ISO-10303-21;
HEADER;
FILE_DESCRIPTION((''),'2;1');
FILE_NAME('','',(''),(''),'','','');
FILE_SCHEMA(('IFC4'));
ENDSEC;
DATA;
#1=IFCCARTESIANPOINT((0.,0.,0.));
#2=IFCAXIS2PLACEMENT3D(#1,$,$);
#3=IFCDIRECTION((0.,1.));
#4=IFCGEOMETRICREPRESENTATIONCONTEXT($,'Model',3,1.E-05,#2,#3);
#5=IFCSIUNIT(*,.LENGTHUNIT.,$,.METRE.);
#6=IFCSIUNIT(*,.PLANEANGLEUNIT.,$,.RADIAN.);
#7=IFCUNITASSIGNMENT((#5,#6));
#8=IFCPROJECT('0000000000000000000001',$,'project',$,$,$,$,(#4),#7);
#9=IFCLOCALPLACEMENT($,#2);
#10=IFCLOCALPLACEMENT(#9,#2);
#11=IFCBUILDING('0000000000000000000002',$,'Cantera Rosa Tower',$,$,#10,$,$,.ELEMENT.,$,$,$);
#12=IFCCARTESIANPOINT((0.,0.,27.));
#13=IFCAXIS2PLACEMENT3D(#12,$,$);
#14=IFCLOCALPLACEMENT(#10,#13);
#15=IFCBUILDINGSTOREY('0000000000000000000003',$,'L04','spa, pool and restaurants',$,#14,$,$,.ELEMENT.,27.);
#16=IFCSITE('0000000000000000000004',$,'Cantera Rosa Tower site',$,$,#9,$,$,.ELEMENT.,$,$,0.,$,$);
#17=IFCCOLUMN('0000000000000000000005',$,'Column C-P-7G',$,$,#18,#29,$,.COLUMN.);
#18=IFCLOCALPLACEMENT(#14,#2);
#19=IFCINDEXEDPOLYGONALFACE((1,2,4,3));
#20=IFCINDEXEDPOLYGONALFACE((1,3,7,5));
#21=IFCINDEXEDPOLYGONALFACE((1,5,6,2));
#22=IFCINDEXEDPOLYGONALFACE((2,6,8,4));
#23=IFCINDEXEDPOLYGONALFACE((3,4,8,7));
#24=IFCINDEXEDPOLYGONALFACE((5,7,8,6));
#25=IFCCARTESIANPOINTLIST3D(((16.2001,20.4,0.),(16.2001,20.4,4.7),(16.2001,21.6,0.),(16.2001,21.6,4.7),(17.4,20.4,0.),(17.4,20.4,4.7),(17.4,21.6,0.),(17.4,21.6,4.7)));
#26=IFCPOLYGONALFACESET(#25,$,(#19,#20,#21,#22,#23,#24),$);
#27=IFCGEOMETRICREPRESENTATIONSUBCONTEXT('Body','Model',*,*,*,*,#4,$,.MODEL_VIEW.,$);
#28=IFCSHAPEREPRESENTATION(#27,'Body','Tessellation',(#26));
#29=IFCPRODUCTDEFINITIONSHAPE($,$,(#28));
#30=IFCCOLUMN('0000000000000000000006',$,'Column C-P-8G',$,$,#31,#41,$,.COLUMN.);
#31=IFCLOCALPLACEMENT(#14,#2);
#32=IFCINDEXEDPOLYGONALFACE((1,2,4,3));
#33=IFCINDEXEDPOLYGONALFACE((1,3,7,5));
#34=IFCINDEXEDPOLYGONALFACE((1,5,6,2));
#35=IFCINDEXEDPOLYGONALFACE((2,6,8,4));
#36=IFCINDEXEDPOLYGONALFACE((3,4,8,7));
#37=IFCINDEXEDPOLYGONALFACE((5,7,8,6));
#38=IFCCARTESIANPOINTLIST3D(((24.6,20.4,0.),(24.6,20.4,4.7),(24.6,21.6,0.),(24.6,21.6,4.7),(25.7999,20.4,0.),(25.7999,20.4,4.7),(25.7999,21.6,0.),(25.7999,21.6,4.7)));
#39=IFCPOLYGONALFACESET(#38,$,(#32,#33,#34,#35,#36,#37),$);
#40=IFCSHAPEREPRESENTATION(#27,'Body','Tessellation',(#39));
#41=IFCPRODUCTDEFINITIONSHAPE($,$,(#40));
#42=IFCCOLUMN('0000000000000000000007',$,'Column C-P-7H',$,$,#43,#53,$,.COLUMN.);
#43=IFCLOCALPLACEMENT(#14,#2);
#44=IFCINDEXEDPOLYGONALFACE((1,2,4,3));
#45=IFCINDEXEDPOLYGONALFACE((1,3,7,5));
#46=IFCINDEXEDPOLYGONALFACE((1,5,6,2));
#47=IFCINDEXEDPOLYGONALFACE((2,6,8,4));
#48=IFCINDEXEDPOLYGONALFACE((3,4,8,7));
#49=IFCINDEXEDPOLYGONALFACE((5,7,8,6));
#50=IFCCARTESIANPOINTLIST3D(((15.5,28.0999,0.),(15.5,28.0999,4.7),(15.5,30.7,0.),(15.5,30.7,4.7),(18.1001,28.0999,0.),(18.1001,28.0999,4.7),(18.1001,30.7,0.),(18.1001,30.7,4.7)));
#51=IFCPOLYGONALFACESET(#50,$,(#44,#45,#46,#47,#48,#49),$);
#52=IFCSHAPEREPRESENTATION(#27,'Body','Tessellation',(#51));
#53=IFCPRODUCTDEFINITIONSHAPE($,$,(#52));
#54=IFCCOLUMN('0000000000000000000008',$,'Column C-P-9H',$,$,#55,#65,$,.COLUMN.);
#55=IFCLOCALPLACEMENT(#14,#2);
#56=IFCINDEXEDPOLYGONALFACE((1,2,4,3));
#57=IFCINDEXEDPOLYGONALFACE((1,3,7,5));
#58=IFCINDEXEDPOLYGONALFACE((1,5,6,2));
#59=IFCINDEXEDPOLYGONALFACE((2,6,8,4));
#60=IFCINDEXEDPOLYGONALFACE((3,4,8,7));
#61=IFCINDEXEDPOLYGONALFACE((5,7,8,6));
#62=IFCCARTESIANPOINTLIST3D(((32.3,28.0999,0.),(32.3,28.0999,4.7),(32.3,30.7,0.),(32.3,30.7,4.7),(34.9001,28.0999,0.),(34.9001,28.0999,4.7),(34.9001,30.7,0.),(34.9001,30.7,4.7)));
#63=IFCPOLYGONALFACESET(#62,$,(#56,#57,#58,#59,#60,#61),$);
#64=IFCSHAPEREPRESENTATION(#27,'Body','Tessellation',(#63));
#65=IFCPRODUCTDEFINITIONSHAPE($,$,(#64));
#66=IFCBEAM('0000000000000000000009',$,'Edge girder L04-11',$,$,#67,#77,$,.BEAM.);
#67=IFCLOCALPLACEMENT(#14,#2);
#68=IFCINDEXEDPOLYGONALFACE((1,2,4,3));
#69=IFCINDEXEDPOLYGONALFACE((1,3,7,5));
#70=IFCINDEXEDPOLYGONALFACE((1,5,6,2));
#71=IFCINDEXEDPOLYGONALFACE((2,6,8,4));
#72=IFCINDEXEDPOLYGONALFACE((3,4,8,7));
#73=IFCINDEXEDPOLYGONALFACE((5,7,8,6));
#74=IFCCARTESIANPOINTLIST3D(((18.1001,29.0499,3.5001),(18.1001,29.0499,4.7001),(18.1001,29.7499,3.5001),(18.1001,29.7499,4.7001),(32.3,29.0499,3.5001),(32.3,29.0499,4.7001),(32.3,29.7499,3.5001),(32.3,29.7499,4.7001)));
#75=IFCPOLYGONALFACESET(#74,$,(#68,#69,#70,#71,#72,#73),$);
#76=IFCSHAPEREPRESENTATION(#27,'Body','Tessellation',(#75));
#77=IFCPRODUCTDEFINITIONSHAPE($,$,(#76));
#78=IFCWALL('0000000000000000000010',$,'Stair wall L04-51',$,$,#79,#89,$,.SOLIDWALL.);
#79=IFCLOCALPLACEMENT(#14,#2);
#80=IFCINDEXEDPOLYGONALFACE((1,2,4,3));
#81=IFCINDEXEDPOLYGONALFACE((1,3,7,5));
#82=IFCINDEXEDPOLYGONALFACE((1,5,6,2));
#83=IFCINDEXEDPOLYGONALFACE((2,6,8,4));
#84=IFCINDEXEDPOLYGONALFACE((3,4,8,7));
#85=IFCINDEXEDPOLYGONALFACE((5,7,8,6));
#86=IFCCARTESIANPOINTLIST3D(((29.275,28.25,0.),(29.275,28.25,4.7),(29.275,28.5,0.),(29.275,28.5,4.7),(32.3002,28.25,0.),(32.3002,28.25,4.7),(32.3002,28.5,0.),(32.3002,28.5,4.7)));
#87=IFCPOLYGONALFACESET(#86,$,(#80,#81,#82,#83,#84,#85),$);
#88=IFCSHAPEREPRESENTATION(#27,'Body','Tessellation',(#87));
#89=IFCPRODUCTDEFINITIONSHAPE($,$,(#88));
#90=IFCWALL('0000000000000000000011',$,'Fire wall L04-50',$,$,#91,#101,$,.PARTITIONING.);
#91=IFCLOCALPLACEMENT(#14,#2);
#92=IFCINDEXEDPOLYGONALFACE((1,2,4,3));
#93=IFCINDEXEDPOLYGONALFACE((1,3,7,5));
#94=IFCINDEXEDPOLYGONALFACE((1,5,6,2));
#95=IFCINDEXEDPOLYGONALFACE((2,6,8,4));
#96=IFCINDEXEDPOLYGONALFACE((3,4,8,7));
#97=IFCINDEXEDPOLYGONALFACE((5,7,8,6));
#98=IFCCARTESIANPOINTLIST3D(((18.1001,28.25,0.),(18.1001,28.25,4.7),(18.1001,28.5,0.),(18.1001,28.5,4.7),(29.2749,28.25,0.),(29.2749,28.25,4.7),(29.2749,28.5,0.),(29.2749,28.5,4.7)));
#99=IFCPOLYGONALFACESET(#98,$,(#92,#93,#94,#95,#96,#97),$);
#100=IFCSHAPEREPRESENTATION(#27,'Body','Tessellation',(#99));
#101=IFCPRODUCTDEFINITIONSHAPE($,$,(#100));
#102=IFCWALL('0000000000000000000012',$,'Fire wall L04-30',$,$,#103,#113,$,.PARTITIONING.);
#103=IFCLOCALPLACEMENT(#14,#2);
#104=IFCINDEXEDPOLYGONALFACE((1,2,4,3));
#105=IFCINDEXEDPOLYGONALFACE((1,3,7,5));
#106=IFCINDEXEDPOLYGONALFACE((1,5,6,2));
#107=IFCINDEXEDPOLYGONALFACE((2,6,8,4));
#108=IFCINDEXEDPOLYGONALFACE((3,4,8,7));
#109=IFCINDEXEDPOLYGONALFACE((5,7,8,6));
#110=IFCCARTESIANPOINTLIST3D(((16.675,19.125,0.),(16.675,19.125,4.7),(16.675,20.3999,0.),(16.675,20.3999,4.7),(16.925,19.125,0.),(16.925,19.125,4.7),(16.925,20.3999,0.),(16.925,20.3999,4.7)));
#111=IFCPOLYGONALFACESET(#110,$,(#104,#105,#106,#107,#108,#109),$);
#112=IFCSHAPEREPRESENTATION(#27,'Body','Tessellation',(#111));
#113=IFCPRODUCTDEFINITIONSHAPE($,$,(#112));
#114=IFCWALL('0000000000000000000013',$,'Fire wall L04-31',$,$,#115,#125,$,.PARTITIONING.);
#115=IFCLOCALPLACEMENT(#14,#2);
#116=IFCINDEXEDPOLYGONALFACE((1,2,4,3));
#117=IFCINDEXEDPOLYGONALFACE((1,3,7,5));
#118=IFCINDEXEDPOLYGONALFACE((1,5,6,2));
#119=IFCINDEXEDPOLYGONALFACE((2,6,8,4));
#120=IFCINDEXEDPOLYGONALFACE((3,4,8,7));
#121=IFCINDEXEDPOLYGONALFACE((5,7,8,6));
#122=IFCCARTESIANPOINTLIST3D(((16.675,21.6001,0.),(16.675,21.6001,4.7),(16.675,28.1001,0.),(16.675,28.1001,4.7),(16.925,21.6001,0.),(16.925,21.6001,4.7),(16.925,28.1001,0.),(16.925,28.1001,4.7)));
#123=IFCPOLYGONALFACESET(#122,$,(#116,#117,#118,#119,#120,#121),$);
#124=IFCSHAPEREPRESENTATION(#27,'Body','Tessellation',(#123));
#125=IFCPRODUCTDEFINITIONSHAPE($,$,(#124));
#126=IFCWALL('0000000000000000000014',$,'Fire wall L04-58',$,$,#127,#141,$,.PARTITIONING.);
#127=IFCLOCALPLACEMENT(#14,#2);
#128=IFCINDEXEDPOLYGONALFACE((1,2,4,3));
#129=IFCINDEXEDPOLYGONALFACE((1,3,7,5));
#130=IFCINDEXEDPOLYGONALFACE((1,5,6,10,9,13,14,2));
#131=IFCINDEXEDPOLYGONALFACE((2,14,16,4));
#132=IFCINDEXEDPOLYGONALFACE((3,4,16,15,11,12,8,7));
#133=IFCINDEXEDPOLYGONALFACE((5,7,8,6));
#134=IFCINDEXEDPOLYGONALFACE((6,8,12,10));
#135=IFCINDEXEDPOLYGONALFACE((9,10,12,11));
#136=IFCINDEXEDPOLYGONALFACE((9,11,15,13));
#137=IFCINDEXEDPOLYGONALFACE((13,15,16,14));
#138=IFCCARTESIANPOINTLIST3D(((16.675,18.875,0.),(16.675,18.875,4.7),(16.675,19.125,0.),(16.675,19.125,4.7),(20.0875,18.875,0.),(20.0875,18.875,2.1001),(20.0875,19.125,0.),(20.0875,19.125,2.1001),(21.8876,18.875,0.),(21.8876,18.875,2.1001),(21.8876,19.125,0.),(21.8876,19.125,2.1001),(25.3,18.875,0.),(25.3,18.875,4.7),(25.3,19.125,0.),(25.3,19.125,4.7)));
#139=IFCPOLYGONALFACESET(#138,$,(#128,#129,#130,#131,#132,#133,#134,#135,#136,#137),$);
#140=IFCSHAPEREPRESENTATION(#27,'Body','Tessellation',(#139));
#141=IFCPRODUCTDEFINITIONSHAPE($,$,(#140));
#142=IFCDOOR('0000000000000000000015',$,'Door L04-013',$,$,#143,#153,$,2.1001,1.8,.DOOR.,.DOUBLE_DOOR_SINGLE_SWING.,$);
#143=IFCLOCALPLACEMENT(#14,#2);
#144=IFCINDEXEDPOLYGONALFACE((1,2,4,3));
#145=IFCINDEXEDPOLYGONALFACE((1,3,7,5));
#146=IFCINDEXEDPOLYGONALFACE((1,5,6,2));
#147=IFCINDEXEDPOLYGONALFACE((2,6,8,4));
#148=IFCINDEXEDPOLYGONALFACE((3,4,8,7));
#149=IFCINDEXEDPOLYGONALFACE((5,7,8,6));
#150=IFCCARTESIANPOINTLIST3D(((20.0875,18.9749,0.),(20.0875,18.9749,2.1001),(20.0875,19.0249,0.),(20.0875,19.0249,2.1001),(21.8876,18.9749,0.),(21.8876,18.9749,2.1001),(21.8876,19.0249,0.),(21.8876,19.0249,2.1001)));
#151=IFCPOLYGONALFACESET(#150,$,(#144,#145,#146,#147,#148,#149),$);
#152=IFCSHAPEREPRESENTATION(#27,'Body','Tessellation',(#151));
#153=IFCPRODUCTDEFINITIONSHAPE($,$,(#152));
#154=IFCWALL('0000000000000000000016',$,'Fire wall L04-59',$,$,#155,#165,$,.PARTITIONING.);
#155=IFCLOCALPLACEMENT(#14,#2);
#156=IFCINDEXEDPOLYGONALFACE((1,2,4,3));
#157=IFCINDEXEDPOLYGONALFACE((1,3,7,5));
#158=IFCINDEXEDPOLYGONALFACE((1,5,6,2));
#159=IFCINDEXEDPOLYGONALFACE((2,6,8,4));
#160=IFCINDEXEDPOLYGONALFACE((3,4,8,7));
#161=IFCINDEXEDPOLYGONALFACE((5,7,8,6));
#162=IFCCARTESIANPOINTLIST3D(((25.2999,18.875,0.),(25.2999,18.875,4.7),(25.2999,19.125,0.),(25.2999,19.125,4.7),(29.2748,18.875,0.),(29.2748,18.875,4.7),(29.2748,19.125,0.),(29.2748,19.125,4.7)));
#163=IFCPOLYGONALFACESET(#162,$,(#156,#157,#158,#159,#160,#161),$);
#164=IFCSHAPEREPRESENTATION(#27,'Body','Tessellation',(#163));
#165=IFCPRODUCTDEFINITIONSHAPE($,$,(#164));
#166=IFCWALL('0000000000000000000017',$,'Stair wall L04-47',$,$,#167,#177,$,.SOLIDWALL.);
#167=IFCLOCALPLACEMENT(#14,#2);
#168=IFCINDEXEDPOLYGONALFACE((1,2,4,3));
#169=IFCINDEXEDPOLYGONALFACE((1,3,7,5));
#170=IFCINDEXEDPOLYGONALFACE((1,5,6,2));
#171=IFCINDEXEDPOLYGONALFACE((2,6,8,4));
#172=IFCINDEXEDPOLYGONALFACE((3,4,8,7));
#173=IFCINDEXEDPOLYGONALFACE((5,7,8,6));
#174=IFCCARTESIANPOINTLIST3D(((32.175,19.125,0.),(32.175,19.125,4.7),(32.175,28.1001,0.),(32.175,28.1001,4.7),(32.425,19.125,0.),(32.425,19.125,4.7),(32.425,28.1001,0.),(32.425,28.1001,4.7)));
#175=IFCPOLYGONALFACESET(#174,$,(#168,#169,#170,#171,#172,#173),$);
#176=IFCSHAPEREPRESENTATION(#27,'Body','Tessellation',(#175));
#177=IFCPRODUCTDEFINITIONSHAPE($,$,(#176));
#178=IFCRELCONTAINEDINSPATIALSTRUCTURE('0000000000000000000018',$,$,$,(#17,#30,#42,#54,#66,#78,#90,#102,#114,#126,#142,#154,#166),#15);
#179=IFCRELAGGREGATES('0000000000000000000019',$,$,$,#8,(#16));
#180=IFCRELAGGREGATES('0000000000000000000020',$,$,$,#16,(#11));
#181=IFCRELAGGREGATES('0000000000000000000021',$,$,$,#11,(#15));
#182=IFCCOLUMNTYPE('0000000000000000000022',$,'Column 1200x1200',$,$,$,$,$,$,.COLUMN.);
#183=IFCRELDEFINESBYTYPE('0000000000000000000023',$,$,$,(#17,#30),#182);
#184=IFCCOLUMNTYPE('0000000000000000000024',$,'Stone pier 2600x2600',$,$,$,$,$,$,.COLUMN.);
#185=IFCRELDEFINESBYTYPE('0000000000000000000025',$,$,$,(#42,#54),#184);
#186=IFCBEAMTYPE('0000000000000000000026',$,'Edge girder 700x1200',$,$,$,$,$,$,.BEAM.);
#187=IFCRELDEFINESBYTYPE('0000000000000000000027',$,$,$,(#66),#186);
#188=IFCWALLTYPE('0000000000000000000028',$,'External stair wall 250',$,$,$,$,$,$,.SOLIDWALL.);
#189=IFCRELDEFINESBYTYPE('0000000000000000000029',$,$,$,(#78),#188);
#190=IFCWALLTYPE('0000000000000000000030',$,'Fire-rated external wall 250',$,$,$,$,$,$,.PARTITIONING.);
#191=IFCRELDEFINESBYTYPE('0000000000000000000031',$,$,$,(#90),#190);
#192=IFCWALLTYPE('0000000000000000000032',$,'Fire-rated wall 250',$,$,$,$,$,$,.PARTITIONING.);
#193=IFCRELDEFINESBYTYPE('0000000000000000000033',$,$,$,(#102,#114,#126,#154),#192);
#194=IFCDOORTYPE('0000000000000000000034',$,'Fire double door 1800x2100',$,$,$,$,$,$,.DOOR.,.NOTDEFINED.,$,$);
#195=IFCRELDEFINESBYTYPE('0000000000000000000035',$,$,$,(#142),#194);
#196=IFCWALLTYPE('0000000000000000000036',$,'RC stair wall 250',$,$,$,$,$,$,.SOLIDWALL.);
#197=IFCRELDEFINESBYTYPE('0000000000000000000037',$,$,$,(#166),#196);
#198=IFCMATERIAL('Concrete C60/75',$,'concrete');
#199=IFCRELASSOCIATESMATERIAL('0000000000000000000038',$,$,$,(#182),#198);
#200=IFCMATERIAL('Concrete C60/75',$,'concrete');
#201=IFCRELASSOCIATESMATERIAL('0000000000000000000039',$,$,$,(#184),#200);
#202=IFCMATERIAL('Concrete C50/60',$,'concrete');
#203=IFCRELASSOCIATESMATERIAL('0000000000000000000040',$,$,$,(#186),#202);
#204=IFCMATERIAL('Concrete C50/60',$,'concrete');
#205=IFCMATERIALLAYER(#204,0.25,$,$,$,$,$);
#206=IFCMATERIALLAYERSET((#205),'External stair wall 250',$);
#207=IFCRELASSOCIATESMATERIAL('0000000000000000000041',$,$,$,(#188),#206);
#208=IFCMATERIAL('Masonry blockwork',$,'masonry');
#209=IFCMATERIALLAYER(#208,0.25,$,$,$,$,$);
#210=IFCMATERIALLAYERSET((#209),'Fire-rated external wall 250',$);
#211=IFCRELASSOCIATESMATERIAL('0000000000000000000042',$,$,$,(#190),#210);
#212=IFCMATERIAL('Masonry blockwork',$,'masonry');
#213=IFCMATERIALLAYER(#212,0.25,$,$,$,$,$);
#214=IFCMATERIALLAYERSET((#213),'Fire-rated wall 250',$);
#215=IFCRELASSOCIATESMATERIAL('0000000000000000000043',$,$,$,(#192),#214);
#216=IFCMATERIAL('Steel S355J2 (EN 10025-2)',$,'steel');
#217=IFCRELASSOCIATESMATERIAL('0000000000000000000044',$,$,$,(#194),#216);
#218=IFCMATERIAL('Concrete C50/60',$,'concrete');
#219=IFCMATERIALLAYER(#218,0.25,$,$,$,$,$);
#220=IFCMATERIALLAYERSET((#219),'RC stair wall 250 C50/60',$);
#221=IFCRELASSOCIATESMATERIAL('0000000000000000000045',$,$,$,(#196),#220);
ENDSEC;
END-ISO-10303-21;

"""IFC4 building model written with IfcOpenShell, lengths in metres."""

from ifc_helpers import new_model, si_unit, direction, frame, frame_2d, origin, origin_2d, place, context, subcontext, project, spatial, rectangle, extrude, material, layer, layer_set, material_profile, profile_set, type_object, element, fill, save


model = new_model("IFC4")

# Units and contexts
model_context = context("Model", 3, precision=1e-05, world=origin(), true_north=direction((0.0, 1.0)))
body_context = subcontext(model_context, "Body", "Model", "MODEL_VIEW")
ifc_project = project(units=[si_unit("LENGTHUNIT", "METRE"), si_unit("PLANEANGLEUNIT", "RADIAN")], contexts=[model_context])

# Site, building, storey
site_placement = place(None, origin())
site = spatial("IfcSite", under=ifc_project, at=site_placement, Name="Cantera Rosa Tower site", CompositionType="ELEMENT", RefElevation=0.0)
building_placement = place(site_placement, origin())
building = spatial("IfcBuilding", under=site, at=building_placement, Name="Cantera Rosa Tower", CompositionType="ELEMENT")
storey_placement = place(building_placement, frame((0.0, 0.0, 27.0)))
storey = spatial("IfcBuildingStorey", under=building, at=storey_placement, Name="L04", Description="spa, pool and restaurants", CompositionType="ELEMENT", Elevation=27.0)

# Columns
ifc_material_1 = material(Name="Concrete C60/75", Category="concrete")
ifc_material_profile_1 = material_profile(ifc_material_1, rectangle(XDim=1.2, YDim=1.2, at=origin_2d()), Name="Column 1200x1200")
ifc_profile_set_1 = profile_set([ifc_material_profile_1], Name="Concrete C60/75")
column_type_1 = type_object("IfcColumnType", Name="Column 1200x1200", PredefinedType="COLUMN", material=ifc_profile_set_1)
for number, where, z_axis, x_axis, name in (
    (1, (16.8, 21.0, 0.0), (0.0, 0.0, 1.0), (1.0, 0.0, 0.0), "Column C-P-7G"),
    (2, (25.2, 21.0, 0.0), (0.0, 0.0, 1.0), (1.0, 0.0, 0.0), "Column C-P-8G"),
):
    element("IfcColumn", number, at=place(storey_placement, frame(where, z_axis=z_axis, x_axis=x_axis)), inside=storey, type_object=column_type_1, Name=name, PredefinedType="COLUMN", context=body_context, shape_type="SweptSolid", body=[
        extrude(rectangle(XDim=1.2, YDim=1.2, at=origin_2d()), origin(), (0.0, 0.0, 1.0), 4.7),
    ])
ifc_material_2 = material(Name="Concrete C60/75", Category="concrete")
ifc_material_profile_2 = material_profile(ifc_material_2, rectangle(XDim=2.6001, YDim=2.6001, at=origin_2d()), Name="Stone pier 2600x2600")
ifc_profile_set_2 = profile_set([ifc_material_profile_2], Name="Concrete C60/75")
column_type_2 = type_object("IfcColumnType", Name="Stone pier 2600x2600", PredefinedType="COLUMN", material=ifc_profile_set_2)
for number, where, z_axis, x_axis, name in (
    (3, (16.8, 29.3999, 0.0), (0.0, 0.0, 1.0), (1.0, 0.0, 0.0), "Column C-P-7H"),
    (4, (33.6001, 29.3999, 0.0), (0.0, 0.0, 1.0), (1.0, 0.0, 0.0), "Column C-P-9H"),
):
    element("IfcColumn", number, at=place(storey_placement, frame(where, z_axis=z_axis, x_axis=x_axis)), inside=storey, type_object=column_type_2, Name=name, PredefinedType="COLUMN", context=body_context, shape_type="SweptSolid", body=[
        extrude(rectangle(XDim=2.6001, YDim=2.6001, at=origin_2d()), origin(), (0.0, 0.0, 1.0), 4.7),
    ])

# Beam
ifc_material_3 = material(Name="Concrete C50/60", Category="concrete")
ifc_material_profile_3 = material_profile(ifc_material_3, rectangle(XDim=0.7, YDim=1.2, at=origin_2d()), Name="Edge girder 700x1200")
ifc_profile_set_3 = profile_set([ifc_material_profile_3], Name="Concrete C50/60")
beam_type = type_object("IfcBeamType", Name="Edge girder 700x1200", PredefinedType="BEAM", material=ifc_profile_set_3)
beam_placement = place(storey_placement, frame((18.1001, 29.3999, 4.1001), z_axis=(1.0, 0.0, 0.0), x_axis=(0.0, 1.0, 0.0)))
element("IfcBeam", 5, at=beam_placement, inside=storey, type_object=beam_type, Name="Edge girder L04-11", PredefinedType="BEAM", context=body_context, shape_type="SweptSolid", body=[
    extrude(rectangle(XDim=0.7, YDim=1.2, at=origin_2d()), origin(), (0.0, 0.0, 1.0), 14.2),
])

# Walls
ifc_material_4 = material(Name="Concrete C50/60", Category="concrete")
ifc_layer_1 = layer(ifc_material_4, 0.25)
ifc_layer_set_1 = layer_set([ifc_layer_1], Name="External stair wall 250")
wall_type_1 = type_object("IfcWallType", Name="External stair wall 250", PredefinedType="SOLIDWALL", material=ifc_layer_set_1)
wall_1_placement = place(storey_placement, frame((29.2749, 28.375, 0.0), z_axis=(0.0, 0.0, 1.0), x_axis=(1.0, 0.0, 0.0)))
element("IfcWall", 6, at=wall_1_placement, inside=storey, type_object=wall_type_1, Name="Stair wall L04-51", PredefinedType="SOLIDWALL", context=body_context, shape_type="SweptSolid", body=[
    extrude(rectangle(XDim=3.0251, YDim=0.25, at=frame_2d((1.5127, 0.0))), origin(), (0.0, 0.0, 1.0), 4.7),
])
ifc_material_5 = material(Name="Masonry blockwork", Category="masonry")
ifc_layer_2 = layer(ifc_material_5, 0.25)
ifc_layer_set_2 = layer_set([ifc_layer_2], Name="Fire-rated external wall 250")
wall_type_2 = type_object("IfcWallType", Name="Fire-rated external wall 250", PredefinedType="PARTITIONING", material=ifc_layer_set_2)
wall_2_placement = place(storey_placement, frame((18.1001, 28.375, 0.0), z_axis=(0.0, 0.0, 1.0), x_axis=(1.0, 0.0, 0.0)))
element("IfcWall", 7, at=wall_2_placement, inside=storey, type_object=wall_type_2, Name="Fire wall L04-50", PredefinedType="PARTITIONING", context=body_context, shape_type="SweptSolid", body=[
    extrude(rectangle(XDim=11.1748, YDim=0.25, at=frame_2d((5.5874, 0.0))), origin(), (0.0, 0.0, 1.0), 4.7),
])
ifc_material_6 = material(Name="Masonry blockwork", Category="masonry")
ifc_layer_3 = layer(ifc_material_6, 0.25)
ifc_layer_set_3 = layer_set([ifc_layer_3], Name="Fire-rated wall 250")
wall_type_3 = type_object("IfcWallType", Name="Fire-rated wall 250", PredefinedType="PARTITIONING", material=ifc_layer_set_3)
wall_3_placement = place(storey_placement, frame((16.8, 19.125, 0.0), z_axis=(0.0, 0.0, 1.0), x_axis=(0.0, 1.0, 0.0)))
element("IfcWall", 8, at=wall_3_placement, inside=storey, type_object=wall_type_3, Name="Fire wall L04-30", PredefinedType="PARTITIONING", context=body_context, shape_type="SweptSolid", body=[
    extrude(rectangle(XDim=1.2749, YDim=0.25, at=frame_2d((0.6375, 0.0))), origin(), (0.0, 0.0, 1.0), 4.7),
])
wall_4_placement = place(storey_placement, frame((16.8, 21.6001, 0.0), z_axis=(0.0, 0.0, 1.0), x_axis=(0.0, 1.0, 0.0)))
element("IfcWall", 9, at=wall_4_placement, inside=storey, type_object=wall_type_3, Name="Fire wall L04-31", PredefinedType="PARTITIONING", context=body_context, shape_type="SweptSolid", body=[
    extrude(rectangle(XDim=6.5, YDim=0.25, at=frame_2d((3.25, 0.0))), origin(), (0.0, 0.0, 1.0), 4.7),
])

# Wall, opening, door
wall_5_placement = place(storey_placement, frame((16.675, 19.0, 0.0), z_axis=(0.0, 0.0, 1.0), x_axis=(1.0, 0.0, 0.0)))
wall_5 = element("IfcWall", 10, at=wall_5_placement, inside=storey, type_object=wall_type_3, Name="Fire wall L04-58", PredefinedType="PARTITIONING", context=body_context, shape_type="SweptSolid", body=[
    extrude(rectangle(XDim=8.625, YDim=0.25, at=frame_2d((4.3125, 0.0))), origin(), (0.0, 0.0, 1.0), 4.7),
])
opening_1_placement = place(wall_5_placement, frame((3.4126, 0.0, 0.0)))
opening_1 = element("IfcOpeningElement", 11, at=opening_1_placement, cuts=wall_5, PredefinedType="OPENING", context=body_context, shape_type="SweptSolid", body=[
    extrude(rectangle(XDim=1.8, YDim=2.1001, at=frame_2d((0.8999, 1.05))), frame((0.0, 0.135, 0.0), z_axis=(0.0, -1.0, 0.0), x_axis=(1.0, 0.0, 0.0)), (0.0, 0.0, 1.0), 0.27),
])
ifc_material_7 = material(Name="Steel S355J2 (EN 10025-2)", Category="steel")
door_type_1 = type_object("IfcDoorType", Name="Fire double door 1800x2100", OperationType="NOTDEFINED", PredefinedType="DOOR", material=ifc_material_7)
door_1_placement = place(opening_1_placement, origin())
door_1 = element("IfcDoor", 12, at=door_1_placement, inside=storey, type_object=door_type_1, Name="Door L04-013", OperationType="DOUBLE_DOOR_SINGLE_SWING", OverallHeight=2.1001, OverallWidth=1.8, PredefinedType="DOOR", context=body_context, shape_type="SweptSolid", body=[
    extrude(rectangle(XDim=1.8, YDim=2.1001, at=frame_2d((0.8999, 1.05))), frame((0.0, 0.0249, 0.0), z_axis=(0.0, -1.0, 0.0), x_axis=(1.0, 0.0, 0.0)), (0.0, 0.0, 1.0), 0.05),
])
fill(opening_1, door_1)

# Walls
wall_6_placement = place(storey_placement, frame((25.3, 19.0, 0.0), z_axis=(0.0, 0.0, 1.0), x_axis=(1.0, 0.0, 0.0)))
element("IfcWall", 13, at=wall_6_placement, inside=storey, type_object=wall_type_3, Name="Fire wall L04-59", PredefinedType="PARTITIONING", context=body_context, shape_type="SweptSolid", body=[
    extrude(rectangle(XDim=3.9749, YDim=0.25, at=frame_2d((1.9873, 0.0))), origin(), (0.0, 0.0, 1.0), 4.7),
])
ifc_material_8 = material(Name="Concrete C50/60", Category="concrete")
ifc_layer_4 = layer(ifc_material_8, 0.25)
ifc_layer_set_4 = layer_set([ifc_layer_4], Name="RC stair wall 250 C50/60")
wall_type_4 = type_object("IfcWallType", Name="RC stair wall 250", PredefinedType="SOLIDWALL", material=ifc_layer_set_4)
wall_7_placement = place(storey_placement, frame((32.3, 19.125, 0.0), z_axis=(0.0, 0.0, 1.0), x_axis=(0.0, 1.0, 0.0)))
element("IfcWall", 14, at=wall_7_placement, inside=storey, type_object=wall_type_4, Name="Stair wall L04-47", PredefinedType="SOLIDWALL", context=body_context, shape_type="SweptSolid", body=[
    extrude(rectangle(XDim=8.9751, YDim=0.25, at=frame_2d((4.4875, 0.0))), origin(), (0.0, 0.0, 1.0), 4.7),
])

save(model, "model.ifc")
